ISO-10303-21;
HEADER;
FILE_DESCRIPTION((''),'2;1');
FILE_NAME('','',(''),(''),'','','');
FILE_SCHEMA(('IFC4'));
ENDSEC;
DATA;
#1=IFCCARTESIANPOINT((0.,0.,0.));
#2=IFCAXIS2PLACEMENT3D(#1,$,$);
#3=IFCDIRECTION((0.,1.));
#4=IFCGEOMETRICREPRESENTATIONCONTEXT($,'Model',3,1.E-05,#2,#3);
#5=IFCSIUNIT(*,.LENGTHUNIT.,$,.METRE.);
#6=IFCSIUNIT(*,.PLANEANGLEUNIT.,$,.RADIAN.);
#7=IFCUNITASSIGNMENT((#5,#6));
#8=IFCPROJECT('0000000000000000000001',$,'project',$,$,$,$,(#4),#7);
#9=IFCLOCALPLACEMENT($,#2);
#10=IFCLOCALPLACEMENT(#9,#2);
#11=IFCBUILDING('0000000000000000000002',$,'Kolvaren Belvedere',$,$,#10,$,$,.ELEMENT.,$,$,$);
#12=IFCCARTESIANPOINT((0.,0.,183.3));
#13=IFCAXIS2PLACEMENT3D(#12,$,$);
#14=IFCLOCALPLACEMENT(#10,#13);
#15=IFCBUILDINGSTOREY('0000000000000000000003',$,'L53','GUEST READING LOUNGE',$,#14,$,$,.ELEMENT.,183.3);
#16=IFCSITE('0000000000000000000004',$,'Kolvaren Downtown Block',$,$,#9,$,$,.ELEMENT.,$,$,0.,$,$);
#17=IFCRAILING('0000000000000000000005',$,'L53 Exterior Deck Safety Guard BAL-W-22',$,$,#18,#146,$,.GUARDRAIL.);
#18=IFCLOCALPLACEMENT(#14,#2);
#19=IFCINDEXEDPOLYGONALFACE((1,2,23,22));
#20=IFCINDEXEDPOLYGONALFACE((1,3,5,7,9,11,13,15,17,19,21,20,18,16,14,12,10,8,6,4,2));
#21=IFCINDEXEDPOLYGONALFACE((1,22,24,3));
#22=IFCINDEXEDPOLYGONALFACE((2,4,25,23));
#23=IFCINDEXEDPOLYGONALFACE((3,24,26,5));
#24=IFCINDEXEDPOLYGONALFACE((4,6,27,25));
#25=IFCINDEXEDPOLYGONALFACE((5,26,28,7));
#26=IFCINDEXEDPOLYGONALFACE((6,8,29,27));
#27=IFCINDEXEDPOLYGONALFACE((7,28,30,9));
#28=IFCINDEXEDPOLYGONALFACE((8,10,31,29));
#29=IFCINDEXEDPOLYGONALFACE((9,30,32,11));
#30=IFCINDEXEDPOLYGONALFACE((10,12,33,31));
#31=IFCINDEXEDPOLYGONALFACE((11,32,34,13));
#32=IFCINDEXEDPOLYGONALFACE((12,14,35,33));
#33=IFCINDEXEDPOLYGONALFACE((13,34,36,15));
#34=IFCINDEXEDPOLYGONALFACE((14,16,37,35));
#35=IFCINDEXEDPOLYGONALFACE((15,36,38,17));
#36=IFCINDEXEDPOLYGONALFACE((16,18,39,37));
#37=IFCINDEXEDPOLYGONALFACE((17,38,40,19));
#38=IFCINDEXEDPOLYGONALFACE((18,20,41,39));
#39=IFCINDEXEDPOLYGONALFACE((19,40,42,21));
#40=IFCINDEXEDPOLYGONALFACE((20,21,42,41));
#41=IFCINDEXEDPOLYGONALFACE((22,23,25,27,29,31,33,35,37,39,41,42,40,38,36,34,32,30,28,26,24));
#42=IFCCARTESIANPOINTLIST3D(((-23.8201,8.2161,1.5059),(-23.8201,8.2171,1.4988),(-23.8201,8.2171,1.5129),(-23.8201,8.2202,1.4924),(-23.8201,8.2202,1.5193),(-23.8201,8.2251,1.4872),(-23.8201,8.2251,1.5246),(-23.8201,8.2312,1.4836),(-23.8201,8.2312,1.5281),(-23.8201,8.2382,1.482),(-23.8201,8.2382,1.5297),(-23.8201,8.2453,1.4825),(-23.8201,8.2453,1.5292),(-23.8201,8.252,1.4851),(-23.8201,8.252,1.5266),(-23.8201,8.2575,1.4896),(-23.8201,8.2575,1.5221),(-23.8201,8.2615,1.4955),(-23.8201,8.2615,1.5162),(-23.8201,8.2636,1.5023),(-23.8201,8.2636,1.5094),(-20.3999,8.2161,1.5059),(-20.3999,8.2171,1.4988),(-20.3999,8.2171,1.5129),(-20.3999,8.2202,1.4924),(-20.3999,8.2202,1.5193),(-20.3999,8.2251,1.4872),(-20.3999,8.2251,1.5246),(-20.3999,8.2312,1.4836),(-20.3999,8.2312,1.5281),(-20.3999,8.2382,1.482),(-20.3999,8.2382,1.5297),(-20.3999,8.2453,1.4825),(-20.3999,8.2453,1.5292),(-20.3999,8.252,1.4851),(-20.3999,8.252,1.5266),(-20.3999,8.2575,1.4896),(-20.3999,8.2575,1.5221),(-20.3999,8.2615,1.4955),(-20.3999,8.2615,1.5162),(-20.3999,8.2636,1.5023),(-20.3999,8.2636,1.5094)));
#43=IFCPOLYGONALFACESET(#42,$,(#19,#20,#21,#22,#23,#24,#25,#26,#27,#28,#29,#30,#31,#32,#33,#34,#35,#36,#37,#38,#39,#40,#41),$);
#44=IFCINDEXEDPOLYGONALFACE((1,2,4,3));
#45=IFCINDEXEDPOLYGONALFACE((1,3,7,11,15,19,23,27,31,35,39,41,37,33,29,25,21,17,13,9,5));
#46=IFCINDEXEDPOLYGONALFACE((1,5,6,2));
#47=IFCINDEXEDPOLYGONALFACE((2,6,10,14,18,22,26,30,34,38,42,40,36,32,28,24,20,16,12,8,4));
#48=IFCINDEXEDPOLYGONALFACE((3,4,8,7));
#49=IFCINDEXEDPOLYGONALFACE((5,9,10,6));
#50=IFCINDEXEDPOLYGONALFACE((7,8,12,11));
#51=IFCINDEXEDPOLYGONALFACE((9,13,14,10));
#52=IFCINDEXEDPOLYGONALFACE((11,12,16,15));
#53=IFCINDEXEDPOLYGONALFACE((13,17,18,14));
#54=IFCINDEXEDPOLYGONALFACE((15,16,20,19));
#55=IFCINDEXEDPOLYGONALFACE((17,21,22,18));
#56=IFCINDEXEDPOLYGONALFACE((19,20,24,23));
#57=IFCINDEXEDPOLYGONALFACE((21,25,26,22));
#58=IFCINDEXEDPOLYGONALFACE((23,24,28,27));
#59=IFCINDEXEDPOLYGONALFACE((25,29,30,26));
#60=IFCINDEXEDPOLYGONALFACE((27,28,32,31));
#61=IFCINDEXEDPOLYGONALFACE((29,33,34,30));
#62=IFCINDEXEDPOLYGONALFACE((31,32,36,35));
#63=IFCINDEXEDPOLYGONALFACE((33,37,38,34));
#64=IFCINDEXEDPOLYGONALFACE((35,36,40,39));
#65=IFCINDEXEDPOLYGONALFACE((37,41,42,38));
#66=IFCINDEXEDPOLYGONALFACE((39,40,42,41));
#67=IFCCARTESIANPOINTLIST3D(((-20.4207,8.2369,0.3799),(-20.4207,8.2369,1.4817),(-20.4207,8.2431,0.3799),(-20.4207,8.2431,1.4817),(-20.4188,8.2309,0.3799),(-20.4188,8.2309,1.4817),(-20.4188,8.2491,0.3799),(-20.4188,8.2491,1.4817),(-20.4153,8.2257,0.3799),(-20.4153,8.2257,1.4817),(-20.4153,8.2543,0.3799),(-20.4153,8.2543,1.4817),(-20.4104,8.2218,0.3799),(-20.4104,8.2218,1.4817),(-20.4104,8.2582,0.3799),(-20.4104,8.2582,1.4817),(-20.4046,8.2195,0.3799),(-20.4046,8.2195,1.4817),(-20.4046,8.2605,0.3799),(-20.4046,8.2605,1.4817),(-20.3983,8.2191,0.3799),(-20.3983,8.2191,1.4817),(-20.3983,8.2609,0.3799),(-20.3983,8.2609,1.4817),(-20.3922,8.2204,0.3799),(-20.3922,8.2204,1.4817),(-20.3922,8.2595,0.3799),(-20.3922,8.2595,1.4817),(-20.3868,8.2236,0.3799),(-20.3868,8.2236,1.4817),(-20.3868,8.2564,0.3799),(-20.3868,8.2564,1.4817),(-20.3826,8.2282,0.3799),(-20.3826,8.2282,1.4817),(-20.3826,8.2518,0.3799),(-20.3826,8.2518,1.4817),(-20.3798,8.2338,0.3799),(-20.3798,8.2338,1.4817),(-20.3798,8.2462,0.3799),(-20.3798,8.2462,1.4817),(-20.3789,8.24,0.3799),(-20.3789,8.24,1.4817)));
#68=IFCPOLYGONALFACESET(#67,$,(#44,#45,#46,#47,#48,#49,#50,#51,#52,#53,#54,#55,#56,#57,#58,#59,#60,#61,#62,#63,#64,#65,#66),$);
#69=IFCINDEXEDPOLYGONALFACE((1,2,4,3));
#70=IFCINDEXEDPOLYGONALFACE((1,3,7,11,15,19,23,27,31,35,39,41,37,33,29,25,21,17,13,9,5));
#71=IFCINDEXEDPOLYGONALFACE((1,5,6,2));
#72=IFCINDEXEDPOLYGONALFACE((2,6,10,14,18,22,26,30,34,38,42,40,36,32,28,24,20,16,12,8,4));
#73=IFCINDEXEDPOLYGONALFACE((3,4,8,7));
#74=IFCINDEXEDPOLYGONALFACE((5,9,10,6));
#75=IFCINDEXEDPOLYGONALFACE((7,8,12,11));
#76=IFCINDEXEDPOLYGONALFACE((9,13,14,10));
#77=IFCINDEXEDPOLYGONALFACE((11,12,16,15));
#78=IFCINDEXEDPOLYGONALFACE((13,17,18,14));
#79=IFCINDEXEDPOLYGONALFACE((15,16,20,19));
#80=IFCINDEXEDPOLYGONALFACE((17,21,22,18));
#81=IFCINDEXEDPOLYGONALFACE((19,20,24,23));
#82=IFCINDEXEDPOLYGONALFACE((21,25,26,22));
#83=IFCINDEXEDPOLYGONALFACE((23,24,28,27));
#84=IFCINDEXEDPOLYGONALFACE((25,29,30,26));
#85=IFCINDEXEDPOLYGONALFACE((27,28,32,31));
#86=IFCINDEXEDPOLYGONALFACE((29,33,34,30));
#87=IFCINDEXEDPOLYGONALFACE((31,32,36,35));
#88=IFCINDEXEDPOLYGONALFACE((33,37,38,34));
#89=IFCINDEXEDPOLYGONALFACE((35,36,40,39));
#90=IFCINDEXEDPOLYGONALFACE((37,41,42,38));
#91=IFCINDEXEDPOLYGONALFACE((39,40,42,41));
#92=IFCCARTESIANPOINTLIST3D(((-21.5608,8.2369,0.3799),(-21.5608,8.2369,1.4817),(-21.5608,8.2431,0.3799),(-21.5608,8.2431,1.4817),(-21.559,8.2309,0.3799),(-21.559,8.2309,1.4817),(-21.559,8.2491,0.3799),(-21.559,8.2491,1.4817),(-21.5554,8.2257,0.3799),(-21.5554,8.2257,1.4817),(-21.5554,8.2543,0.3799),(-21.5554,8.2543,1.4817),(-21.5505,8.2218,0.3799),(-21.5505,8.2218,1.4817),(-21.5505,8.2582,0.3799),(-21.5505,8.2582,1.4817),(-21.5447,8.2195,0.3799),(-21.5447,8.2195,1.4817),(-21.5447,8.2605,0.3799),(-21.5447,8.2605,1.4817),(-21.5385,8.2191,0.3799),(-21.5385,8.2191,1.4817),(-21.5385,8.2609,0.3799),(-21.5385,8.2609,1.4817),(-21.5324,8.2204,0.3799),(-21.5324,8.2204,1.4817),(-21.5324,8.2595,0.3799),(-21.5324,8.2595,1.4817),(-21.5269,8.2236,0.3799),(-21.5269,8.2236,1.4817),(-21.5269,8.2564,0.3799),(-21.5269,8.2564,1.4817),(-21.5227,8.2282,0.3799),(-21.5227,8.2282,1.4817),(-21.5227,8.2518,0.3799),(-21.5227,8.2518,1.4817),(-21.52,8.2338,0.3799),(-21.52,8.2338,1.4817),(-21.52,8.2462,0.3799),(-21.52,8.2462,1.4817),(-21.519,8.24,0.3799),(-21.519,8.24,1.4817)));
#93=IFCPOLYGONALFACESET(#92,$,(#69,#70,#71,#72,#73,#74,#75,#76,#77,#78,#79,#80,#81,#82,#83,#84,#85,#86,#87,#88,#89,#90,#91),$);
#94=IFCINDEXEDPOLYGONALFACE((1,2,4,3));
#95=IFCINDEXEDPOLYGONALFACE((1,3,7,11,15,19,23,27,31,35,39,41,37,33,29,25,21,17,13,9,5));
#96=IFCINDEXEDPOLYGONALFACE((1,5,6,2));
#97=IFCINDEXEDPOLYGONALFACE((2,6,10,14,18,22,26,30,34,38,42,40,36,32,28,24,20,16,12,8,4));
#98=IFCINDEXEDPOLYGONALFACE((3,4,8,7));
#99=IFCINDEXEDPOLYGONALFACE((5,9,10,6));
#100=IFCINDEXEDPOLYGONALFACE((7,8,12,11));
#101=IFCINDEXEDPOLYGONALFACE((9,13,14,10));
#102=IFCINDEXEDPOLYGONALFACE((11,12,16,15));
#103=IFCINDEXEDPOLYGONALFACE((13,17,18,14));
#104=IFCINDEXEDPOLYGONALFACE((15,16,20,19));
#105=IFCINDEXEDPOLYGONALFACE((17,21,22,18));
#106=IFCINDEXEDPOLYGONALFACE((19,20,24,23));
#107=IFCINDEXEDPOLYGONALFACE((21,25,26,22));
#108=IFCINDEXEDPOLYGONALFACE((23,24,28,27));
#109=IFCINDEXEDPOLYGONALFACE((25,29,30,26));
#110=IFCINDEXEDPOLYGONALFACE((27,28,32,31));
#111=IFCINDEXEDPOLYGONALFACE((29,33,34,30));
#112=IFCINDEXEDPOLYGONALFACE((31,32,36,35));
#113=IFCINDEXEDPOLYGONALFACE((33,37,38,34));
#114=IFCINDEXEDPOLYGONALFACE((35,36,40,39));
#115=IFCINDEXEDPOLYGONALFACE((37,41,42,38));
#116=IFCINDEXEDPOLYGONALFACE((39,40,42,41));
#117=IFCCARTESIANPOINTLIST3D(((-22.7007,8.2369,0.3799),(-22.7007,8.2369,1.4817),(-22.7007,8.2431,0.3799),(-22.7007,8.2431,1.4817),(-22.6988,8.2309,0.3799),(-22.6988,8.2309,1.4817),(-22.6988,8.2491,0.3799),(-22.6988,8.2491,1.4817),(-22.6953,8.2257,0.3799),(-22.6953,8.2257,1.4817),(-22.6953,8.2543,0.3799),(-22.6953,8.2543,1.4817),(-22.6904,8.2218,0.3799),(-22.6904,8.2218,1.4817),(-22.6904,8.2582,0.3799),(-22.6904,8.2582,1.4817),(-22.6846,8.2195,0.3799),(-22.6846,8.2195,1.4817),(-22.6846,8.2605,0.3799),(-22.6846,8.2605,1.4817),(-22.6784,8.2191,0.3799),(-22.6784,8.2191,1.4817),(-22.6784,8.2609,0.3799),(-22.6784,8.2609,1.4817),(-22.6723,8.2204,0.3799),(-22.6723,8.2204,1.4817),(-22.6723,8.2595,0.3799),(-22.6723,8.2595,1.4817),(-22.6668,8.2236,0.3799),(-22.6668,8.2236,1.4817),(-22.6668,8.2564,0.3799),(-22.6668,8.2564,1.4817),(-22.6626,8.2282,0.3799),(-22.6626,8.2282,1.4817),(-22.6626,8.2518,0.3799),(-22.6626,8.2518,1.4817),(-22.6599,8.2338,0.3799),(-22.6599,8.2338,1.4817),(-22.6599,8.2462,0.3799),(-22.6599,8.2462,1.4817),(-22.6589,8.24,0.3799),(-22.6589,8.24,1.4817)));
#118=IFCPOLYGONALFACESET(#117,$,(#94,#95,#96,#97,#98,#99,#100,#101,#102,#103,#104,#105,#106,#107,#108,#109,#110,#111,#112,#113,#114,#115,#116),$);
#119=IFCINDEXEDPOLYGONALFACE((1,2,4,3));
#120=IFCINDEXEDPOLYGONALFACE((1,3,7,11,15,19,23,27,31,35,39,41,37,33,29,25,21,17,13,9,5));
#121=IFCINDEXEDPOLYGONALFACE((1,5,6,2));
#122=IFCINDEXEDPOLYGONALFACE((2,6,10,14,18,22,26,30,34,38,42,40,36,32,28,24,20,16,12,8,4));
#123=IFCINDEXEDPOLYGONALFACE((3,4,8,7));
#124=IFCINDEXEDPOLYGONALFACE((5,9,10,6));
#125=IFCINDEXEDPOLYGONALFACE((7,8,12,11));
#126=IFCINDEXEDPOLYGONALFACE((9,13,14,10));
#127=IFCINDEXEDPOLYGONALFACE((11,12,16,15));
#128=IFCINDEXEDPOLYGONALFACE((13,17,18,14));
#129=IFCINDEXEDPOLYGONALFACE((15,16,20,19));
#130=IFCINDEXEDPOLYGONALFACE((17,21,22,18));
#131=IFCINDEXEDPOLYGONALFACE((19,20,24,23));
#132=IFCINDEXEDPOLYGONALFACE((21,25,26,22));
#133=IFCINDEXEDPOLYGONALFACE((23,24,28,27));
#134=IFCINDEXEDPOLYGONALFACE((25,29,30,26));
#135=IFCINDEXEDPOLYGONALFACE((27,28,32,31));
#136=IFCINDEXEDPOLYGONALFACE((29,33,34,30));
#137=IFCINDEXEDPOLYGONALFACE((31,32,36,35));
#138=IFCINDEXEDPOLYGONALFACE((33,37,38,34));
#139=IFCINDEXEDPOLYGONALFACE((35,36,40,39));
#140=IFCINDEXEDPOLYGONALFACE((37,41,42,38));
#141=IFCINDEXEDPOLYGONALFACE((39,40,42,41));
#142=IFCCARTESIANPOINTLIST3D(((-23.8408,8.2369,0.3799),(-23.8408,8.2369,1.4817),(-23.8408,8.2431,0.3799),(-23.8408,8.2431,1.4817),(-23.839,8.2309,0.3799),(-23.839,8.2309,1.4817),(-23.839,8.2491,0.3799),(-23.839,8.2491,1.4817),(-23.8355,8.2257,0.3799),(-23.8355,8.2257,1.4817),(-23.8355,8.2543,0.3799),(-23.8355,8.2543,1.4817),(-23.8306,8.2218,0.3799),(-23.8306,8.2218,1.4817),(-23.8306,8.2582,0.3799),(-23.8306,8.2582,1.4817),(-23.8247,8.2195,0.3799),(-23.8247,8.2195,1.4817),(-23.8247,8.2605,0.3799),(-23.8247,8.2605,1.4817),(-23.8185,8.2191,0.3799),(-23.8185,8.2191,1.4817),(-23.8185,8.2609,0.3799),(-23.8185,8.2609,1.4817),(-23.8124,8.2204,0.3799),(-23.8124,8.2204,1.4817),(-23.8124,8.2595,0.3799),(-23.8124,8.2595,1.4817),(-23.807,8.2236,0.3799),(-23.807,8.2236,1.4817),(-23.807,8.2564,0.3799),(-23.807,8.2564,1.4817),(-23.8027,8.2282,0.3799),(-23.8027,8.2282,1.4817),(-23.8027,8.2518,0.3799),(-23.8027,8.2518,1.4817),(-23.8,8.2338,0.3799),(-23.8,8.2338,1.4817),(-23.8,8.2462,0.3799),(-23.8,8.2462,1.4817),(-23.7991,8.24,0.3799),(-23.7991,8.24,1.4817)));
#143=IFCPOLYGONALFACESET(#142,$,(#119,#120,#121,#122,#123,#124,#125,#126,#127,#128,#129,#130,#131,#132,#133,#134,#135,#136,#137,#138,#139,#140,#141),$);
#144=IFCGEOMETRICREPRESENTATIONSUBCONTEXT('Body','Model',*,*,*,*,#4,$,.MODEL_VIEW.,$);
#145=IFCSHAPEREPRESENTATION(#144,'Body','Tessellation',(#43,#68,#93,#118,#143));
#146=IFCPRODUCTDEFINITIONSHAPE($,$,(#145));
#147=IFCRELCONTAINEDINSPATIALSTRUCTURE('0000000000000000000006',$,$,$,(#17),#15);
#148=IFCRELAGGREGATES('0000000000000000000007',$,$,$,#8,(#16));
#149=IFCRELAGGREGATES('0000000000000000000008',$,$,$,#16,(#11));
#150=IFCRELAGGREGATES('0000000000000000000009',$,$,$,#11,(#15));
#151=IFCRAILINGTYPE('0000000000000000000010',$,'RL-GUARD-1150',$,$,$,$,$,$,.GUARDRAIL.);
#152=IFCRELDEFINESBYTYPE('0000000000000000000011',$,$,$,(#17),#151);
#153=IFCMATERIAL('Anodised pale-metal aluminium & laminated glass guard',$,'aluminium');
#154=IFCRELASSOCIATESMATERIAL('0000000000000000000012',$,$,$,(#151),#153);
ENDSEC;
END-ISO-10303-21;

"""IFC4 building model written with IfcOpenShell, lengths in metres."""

from ifc_helpers import new_model, si_unit, direction, frame, origin, origin_2d, place, context, subcontext, project, spatial, circle, extrude, material, type_object, element, save


model = new_model("IFC4")

# Units and contexts
model_context = context("Model", 3, precision=1e-05, world=origin(), true_north=direction((0.0, 1.0)))
body_context = subcontext(model_context, "Body", "Model", "MODEL_VIEW")
ifc_project = project(units=[si_unit("LENGTHUNIT", "METRE"), si_unit("PLANEANGLEUNIT", "RADIAN")], contexts=[model_context])

# Site, building, storey
site_placement = place(None, origin())
site = spatial("IfcSite", under=ifc_project, at=site_placement, Name="Kolvaren Downtown Block", CompositionType="ELEMENT", RefElevation=0.0)
building_placement = place(site_placement, origin())
building = spatial("IfcBuilding", under=site, at=building_placement, Name="Kolvaren Belvedere", CompositionType="ELEMENT")
storey_placement = place(building_placement, frame((0.0, 0.0, 183.3)))
storey = spatial("IfcBuildingStorey", under=building, at=storey_placement, Name="L53", Description="GUEST READING LOUNGE", CompositionType="ELEMENT", Elevation=183.3)

# Railing
ifc_material_1 = material(Name="Anodised pale-metal aluminium & laminated glass guard", Category="aluminium")
railing_type = type_object("IfcRailingType", Name="RL-GUARD-1150", PredefinedType="GUARDRAIL", material=ifc_material_1)
railing_1_placement = place(storey_placement, frame((-20.3999, 8.24, 0.3799)))
element("IfcRailing", 1, at=railing_1_placement, inside=storey, type_object=railing_type, Name="L53 Exterior Deck Safety Guard BAL-W-22", PredefinedType="GUARDRAIL", context=body_context, shape_type="SweptSolid", body=[
    extrude(circle(Radius=0.0239, at=origin_2d()), frame((0.0, 0.0, 1.126), z_axis=(-1.0, 0.0, 0.0), x_axis=(0.0, -1.0, 0.0)), (0.0, 0.0, 1.0), 3.4202),
    extrude(circle(Radius=0.021, at=origin_2d()), origin(), (0.0, 0.0, 1.0), 1.1018),
    extrude(circle(Radius=0.021, at=origin_2d()), frame((-1.1401, 0.0, 0.0)), (0.0, 0.0, 1.0), 1.1018),
    extrude(circle(Radius=0.021, at=origin_2d()), frame((-2.28, 0.0, 0.0)), (0.0, 0.0, 1.0), 1.1018),
    extrude(circle(Radius=0.021, at=origin_2d()), frame((-3.4202, 0.0, 0.0)), (0.0, 0.0, 1.0), 1.1018),
])

save(model, "model.ifc")
